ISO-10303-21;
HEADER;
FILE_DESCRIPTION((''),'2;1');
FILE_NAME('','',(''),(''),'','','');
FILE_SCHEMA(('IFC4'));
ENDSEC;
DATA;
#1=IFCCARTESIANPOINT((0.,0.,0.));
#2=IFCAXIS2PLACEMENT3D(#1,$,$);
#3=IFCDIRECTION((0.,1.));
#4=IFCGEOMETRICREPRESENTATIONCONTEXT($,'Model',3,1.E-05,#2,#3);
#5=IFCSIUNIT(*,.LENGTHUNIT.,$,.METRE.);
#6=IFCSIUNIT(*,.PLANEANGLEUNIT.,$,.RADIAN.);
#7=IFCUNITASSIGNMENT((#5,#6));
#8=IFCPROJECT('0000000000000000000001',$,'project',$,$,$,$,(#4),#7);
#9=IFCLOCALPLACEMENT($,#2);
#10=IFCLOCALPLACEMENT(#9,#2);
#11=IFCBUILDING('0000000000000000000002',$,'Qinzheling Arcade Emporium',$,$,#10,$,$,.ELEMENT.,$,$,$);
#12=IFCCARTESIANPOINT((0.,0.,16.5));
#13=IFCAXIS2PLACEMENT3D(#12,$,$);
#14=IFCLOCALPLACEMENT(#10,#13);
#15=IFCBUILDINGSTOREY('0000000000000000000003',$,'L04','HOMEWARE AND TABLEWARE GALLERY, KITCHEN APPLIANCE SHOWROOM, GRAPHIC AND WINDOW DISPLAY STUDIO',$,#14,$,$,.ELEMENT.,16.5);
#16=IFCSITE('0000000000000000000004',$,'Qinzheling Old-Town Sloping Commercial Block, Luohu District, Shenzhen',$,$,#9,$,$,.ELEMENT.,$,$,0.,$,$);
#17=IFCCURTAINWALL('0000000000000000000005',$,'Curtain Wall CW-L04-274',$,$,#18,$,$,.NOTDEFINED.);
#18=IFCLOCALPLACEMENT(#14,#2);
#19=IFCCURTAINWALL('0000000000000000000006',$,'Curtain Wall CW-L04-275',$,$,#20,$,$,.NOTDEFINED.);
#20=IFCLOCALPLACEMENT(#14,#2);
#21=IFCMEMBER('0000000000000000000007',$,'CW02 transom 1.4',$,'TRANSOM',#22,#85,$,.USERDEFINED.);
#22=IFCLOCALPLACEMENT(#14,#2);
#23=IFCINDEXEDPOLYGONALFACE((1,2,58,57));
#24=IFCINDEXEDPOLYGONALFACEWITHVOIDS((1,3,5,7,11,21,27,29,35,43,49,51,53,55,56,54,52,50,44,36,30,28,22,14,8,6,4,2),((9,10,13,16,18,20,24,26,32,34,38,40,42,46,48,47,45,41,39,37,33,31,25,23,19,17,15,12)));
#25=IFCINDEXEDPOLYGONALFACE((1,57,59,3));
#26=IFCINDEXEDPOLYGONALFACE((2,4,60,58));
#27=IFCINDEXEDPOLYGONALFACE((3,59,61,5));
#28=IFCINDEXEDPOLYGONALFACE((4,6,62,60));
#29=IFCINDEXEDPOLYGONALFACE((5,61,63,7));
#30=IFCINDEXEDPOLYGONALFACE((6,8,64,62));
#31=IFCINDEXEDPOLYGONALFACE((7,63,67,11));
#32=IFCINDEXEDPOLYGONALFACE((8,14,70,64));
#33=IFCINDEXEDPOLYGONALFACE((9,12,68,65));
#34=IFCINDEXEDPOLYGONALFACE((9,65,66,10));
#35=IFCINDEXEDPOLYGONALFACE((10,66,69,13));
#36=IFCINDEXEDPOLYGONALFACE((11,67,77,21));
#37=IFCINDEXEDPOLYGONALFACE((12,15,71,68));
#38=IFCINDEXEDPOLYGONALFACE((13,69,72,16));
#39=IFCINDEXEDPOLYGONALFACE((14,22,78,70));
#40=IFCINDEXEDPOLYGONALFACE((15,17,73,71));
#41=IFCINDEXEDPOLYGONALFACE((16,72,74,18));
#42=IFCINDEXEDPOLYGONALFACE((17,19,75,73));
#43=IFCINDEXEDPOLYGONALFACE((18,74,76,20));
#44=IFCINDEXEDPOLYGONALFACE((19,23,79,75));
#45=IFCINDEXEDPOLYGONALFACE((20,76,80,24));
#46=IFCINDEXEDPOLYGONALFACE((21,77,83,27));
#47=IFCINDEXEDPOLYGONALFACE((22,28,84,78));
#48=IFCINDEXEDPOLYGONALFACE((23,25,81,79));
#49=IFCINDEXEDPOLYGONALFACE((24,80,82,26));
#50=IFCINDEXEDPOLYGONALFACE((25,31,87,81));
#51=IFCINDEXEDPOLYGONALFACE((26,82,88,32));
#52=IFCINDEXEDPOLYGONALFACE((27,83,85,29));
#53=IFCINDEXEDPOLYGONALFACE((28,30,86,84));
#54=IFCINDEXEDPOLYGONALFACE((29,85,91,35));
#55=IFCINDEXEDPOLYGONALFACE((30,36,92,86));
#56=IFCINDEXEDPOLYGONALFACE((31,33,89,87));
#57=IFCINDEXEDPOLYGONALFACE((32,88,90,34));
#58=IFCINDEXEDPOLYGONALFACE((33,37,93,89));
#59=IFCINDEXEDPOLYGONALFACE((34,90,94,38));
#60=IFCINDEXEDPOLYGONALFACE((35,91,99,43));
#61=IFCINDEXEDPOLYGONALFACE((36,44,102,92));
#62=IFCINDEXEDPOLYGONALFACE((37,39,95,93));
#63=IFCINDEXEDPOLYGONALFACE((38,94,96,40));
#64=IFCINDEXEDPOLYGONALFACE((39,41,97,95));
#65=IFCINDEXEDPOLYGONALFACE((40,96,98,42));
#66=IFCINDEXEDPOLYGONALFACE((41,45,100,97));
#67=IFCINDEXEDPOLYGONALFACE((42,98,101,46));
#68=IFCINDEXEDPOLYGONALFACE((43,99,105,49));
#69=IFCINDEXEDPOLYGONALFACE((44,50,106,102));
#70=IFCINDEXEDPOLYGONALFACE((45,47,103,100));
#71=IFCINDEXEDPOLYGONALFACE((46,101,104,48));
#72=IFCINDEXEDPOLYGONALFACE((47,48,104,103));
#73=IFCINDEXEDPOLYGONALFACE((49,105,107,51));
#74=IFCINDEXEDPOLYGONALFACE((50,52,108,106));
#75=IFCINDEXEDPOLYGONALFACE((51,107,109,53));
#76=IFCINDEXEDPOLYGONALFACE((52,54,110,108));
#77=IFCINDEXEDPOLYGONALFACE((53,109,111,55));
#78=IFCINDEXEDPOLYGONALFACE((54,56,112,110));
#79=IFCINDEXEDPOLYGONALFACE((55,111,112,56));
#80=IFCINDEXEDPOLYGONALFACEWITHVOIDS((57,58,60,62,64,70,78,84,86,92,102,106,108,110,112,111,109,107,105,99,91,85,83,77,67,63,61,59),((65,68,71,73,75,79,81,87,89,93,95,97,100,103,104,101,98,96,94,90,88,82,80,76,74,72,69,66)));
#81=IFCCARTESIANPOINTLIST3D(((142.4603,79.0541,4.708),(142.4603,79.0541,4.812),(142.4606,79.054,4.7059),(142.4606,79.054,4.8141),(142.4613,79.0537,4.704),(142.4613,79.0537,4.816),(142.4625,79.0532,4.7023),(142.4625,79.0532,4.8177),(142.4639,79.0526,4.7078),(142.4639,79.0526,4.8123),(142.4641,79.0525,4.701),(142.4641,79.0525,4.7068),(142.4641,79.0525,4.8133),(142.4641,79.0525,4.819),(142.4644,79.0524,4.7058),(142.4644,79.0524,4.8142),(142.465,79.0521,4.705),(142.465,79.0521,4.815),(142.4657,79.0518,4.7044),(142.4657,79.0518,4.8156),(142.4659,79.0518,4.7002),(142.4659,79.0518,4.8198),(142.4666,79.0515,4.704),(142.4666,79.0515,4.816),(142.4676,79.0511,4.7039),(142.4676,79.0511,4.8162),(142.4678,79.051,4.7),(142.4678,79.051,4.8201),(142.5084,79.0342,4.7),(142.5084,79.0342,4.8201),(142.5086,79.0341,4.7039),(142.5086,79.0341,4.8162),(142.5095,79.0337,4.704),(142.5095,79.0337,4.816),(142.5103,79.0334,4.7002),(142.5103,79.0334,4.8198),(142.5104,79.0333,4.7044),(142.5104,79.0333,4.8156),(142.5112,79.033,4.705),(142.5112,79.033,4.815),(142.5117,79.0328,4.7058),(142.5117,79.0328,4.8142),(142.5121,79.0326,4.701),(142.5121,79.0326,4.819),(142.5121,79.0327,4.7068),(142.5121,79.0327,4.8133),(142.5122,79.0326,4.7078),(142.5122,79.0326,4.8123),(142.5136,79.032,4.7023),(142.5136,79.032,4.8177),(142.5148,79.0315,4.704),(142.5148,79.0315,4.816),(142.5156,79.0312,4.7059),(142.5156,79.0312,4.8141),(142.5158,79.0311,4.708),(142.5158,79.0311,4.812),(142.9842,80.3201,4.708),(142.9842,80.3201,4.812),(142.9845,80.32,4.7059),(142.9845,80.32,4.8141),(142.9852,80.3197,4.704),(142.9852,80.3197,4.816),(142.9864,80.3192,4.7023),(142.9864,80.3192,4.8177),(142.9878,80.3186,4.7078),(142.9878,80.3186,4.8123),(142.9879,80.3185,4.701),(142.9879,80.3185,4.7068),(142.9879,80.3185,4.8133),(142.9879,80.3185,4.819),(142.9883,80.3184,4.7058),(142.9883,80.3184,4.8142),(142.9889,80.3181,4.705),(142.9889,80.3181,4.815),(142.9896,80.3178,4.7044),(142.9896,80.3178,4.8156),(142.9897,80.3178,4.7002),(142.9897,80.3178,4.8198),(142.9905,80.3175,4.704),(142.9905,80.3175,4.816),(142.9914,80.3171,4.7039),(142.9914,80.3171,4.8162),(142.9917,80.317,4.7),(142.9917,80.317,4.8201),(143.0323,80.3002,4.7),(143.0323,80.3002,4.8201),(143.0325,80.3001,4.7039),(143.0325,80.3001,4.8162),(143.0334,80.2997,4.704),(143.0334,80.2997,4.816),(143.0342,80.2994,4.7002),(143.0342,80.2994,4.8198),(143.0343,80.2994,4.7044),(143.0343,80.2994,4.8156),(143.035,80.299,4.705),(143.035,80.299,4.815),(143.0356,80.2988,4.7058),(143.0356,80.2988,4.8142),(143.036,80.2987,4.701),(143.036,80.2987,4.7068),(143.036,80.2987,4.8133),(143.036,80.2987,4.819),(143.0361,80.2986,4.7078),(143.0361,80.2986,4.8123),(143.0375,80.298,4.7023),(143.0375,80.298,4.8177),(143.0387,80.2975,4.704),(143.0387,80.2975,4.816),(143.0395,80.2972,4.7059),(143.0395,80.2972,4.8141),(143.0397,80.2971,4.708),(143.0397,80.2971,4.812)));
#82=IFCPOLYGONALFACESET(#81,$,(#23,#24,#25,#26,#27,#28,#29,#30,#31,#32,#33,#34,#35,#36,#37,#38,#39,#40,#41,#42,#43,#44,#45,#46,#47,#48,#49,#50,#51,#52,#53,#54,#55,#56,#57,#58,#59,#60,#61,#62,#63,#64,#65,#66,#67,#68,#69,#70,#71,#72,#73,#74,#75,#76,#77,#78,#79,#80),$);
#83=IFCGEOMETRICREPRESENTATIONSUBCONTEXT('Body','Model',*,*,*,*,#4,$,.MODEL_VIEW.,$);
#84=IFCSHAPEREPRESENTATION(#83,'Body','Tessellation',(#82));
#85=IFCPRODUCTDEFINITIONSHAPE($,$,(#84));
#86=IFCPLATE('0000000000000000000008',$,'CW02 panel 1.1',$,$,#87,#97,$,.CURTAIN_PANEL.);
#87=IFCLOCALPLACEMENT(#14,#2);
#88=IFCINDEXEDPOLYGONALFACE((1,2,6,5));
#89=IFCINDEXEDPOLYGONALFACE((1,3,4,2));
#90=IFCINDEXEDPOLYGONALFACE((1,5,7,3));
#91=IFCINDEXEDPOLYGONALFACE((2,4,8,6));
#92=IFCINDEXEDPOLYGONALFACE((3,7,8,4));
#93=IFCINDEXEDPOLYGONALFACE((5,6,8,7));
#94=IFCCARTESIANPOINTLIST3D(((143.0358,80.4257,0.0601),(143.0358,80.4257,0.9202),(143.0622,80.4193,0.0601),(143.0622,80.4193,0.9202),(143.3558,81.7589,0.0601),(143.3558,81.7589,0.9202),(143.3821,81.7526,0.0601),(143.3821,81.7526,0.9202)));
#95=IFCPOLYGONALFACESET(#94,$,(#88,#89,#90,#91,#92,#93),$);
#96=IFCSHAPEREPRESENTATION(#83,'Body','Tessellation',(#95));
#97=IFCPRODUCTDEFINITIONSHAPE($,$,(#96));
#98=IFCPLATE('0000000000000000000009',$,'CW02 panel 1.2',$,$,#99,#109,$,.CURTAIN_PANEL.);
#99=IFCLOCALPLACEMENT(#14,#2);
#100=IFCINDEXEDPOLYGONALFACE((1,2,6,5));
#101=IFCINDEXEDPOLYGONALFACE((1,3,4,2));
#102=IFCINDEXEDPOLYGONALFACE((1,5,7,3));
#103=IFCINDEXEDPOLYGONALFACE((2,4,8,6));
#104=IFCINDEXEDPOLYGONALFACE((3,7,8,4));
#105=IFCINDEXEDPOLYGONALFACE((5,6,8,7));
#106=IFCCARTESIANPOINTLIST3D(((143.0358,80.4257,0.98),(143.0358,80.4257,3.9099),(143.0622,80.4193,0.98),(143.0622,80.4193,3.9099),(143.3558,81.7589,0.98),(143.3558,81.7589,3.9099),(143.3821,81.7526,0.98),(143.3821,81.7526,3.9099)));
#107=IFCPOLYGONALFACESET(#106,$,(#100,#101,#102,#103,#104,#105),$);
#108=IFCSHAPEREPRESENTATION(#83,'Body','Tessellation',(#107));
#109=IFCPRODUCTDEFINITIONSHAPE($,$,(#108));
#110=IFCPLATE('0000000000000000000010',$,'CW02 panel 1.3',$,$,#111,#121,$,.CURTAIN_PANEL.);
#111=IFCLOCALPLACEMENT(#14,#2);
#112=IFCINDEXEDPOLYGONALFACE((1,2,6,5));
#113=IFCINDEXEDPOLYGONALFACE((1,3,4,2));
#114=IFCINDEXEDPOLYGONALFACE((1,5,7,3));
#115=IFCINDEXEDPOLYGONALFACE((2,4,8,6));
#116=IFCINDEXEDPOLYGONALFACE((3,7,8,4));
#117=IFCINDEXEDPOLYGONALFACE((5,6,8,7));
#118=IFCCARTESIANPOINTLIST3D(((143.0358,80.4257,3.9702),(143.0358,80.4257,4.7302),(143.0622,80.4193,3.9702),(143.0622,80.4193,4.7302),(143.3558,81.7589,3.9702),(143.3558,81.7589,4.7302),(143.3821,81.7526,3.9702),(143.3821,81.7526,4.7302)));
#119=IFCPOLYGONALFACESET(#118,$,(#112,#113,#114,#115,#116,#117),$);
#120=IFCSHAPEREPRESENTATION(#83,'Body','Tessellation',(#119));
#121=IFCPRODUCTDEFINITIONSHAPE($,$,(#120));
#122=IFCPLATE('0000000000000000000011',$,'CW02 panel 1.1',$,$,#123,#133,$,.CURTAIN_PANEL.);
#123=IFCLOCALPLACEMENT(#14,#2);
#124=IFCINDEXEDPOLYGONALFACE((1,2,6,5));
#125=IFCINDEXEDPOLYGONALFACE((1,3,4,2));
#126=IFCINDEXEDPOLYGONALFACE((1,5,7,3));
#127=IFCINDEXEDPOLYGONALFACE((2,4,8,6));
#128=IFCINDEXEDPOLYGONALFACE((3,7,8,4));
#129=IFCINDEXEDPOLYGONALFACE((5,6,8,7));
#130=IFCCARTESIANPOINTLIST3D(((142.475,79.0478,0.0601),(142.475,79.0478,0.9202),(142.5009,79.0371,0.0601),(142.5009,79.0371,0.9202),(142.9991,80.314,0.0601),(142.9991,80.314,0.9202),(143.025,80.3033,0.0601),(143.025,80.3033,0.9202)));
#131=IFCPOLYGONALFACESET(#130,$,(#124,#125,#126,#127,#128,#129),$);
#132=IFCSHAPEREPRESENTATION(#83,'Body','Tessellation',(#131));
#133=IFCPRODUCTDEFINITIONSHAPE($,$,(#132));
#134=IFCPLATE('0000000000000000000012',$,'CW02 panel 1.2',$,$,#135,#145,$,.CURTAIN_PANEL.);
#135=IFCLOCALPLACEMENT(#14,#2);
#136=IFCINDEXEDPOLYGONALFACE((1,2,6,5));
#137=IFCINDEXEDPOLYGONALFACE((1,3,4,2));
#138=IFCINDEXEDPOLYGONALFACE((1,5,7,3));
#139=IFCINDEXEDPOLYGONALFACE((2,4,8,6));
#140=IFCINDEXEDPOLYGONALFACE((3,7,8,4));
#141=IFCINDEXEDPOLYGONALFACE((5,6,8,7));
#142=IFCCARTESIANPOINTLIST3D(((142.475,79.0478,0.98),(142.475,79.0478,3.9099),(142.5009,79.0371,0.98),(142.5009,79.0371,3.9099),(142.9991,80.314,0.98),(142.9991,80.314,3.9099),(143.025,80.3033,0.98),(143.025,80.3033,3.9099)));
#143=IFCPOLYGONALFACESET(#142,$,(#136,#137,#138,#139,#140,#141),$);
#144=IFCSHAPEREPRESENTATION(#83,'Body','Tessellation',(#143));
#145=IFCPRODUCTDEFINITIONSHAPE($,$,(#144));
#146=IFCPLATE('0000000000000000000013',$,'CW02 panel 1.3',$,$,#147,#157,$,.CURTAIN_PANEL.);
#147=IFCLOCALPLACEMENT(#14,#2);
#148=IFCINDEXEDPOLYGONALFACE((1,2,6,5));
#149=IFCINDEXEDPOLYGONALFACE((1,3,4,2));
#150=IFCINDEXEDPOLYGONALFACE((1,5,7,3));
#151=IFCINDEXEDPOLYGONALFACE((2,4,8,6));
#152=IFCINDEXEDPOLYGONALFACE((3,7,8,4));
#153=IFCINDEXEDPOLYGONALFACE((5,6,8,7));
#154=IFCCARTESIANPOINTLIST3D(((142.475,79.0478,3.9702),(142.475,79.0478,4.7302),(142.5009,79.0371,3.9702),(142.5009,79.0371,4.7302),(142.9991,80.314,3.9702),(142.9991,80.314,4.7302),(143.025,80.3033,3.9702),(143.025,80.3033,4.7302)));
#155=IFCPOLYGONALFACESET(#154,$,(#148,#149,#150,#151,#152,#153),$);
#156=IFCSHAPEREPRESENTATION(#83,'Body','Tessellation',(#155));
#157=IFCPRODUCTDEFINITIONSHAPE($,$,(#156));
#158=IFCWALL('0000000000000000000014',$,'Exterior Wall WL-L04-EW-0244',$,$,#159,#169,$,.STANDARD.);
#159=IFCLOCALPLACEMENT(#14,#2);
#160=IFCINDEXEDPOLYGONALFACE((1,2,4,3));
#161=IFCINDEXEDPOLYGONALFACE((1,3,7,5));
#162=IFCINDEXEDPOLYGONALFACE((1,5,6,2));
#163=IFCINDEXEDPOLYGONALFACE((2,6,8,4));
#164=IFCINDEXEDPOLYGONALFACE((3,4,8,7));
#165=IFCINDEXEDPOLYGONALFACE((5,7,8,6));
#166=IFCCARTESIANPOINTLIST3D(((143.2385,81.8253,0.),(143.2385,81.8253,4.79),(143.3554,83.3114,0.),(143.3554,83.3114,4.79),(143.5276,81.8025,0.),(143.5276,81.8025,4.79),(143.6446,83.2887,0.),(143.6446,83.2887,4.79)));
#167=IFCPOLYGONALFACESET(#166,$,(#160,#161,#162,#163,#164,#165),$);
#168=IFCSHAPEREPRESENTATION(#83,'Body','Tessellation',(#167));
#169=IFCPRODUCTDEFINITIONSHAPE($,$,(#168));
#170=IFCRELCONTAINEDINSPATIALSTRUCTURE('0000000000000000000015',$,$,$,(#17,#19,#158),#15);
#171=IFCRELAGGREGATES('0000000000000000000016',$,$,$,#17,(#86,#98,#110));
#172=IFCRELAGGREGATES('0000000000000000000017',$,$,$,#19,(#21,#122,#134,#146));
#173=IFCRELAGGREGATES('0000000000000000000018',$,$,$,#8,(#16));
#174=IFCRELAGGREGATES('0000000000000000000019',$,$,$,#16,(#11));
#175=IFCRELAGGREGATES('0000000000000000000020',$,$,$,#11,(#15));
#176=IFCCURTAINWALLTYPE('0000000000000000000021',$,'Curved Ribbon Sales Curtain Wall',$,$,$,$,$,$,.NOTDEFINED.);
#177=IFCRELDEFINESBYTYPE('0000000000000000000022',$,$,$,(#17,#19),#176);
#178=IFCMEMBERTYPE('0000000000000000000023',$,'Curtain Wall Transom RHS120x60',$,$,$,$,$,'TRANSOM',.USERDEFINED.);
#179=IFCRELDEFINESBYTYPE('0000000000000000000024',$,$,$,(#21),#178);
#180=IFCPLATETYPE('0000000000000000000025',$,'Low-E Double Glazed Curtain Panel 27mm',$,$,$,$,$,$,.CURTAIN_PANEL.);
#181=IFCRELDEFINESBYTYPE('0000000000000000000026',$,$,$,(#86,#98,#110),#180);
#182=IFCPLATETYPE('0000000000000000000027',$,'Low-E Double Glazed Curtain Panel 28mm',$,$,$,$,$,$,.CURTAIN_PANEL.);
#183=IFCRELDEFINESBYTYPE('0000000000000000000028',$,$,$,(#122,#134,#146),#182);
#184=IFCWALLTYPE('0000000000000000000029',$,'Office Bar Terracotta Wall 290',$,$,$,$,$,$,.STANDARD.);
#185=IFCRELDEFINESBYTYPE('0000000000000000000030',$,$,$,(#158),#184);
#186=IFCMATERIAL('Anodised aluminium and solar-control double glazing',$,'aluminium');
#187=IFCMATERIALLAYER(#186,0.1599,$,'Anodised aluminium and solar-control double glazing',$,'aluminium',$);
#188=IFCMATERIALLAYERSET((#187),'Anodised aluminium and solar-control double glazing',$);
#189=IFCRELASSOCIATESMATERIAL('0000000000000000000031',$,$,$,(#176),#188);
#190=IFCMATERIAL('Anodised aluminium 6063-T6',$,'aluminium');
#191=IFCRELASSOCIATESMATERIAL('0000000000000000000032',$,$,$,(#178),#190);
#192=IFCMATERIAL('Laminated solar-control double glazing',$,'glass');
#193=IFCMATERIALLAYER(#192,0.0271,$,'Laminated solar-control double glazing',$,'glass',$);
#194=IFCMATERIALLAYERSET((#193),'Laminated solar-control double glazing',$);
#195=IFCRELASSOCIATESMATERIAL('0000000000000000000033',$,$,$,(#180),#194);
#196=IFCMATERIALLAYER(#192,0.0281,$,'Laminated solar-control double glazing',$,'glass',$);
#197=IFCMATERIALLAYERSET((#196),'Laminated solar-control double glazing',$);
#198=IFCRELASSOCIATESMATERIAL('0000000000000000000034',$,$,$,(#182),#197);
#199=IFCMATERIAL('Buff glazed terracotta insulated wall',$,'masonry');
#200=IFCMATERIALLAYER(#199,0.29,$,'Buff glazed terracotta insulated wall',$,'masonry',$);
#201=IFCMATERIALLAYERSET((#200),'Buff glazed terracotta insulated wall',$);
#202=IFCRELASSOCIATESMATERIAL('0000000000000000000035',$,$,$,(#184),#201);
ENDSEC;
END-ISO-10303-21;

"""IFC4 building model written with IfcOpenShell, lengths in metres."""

from ifc_helpers import new_model, si_unit, direction, frame, frame_2d, origin, origin_2d, place, context, subcontext, project, spatial, rectangle, hollow_rectangle, extrude, material, layer, layer_set, material_profile, profile_set, type_object, element, aggregate, save


model = new_model("IFC4")

# Units and contexts
model_context = context("Model", 3, precision=1e-05, world=origin(), true_north=direction((0.0, 1.0)))
body_context = subcontext(model_context, "Body", "Model", "MODEL_VIEW")
ifc_project = project(units=[si_unit("LENGTHUNIT", "METRE"), si_unit("PLANEANGLEUNIT", "RADIAN")], contexts=[model_context])

# Site, building, storey
site_placement = place(None, origin())
site = spatial("IfcSite", under=ifc_project, at=site_placement, Name="Qinzheling Old-Town Sloping Commercial Block, Luohu District, Shenzhen", CompositionType="ELEMENT", RefElevation=0.0)
building_placement = place(site_placement, origin())
building = spatial("IfcBuilding", under=site, at=building_placement, Name="Qinzheling Arcade Emporium", CompositionType="ELEMENT")
storey_placement = place(building_placement, frame((0.0, 0.0, 16.5)))
storey = spatial("IfcBuildingStorey", under=building, at=storey_placement, Name="L04", Description="HOMEWARE AND TABLEWARE GALLERY, KITCHEN APPLIANCE SHOWROOM, GRAPHIC AND WINDOW DISPLAY STUDIO", CompositionType="ELEMENT", Elevation=16.5)

# Curtain walls
ifc_material_1 = material(Name="Anodised aluminium and solar-control double glazing", Category="aluminium")
ifc_layer_1 = layer(ifc_material_1, 0.1599, Name="Anodised aluminium and solar-control double glazing", Category="aluminium")
ifc_layer_set_1 = layer_set([ifc_layer_1], Name="Anodised aluminium and solar-control double glazing")
curtain_wall_type = type_object("IfcCurtainWallType", Name="Curved Ribbon Sales Curtain Wall", PredefinedType="NOTDEFINED", material=ifc_layer_set_1)
curtain_wall_1_placement = place(storey_placement, origin())
curtain_wall_1 = element("IfcCurtainWall", 1, at=curtain_wall_1_placement, inside=storey, type_object=curtain_wall_type, Name="Curtain Wall CW-L04-274", PredefinedType="NOTDEFINED")
ifc_material_2 = material(Name="Anodised aluminium 6063-T6", Category="aluminium")
curtain_wall_2_placement = place(storey_placement, origin())
curtain_wall_2 = element("IfcCurtainWall", 2, at=curtain_wall_2_placement, inside=storey, type_object=curtain_wall_type, Name="Curtain Wall CW-L04-275", PredefinedType="NOTDEFINED")

# Member
ifc_material_profile_1 = material_profile(ifc_material_2, hollow_rectangle(XDim=0.0601, YDim=0.1201, WallThickness=0.0039, InnerFilletRadius=0.0039, OuterFilletRadius=0.0081, at=origin_2d()), Name="RHS 120x60x4", Category="aluminium")
ifc_profile_set_1 = profile_set([ifc_material_profile_1], Name="Anodised aluminium 6063-T6")
member_type_1 = type_object("IfcMemberType", Name="Curtain Wall Transom RHS120x60", ElementType="TRANSOM", PredefinedType="USERDEFINED", material=ifc_profile_set_1)
member_1_placement = place(storey_placement, frame((143.012, 80.3086, 4.76), z_axis=(-0.382362, -0.924012, 0.0), x_axis=(0.924012, -0.382362, 0.0)))
member_1 = element("IfcMember", 3, at=member_1_placement, type_object=member_type_1, Name="CW02 transom 1.4", ObjectType="TRANSOM", PredefinedType="USERDEFINED", context=body_context, shape_type="SweptSolid", body=[
    extrude(hollow_rectangle(XDim=0.0601, YDim=0.1201, WallThickness=0.0039, InnerFilletRadius=0.0039, OuterFilletRadius=0.0081, at=origin_2d()), origin(), (0.0, 0.0, 1.0), 1.3701),
])

# Plates
ifc_material_3 = material(Name="Laminated solar-control double glazing", Category="glass")
ifc_layer_2 = layer(ifc_material_3, 0.0271, Name="Laminated solar-control double glazing", Category="glass")
ifc_layer_set_2 = layer_set([ifc_layer_2], Name="Laminated solar-control double glazing")
plate_type_1 = type_object("IfcPlateType", Name="Low-E Double Glazed Curtain Panel 27mm", PredefinedType="CURTAIN_PANEL", material=ifc_layer_set_2)
plate_1_placement = place(storey_placement, frame((143.209, 81.0891, 0.0601), z_axis=(0.0, 0.0, 1.0), x_axis=(-0.233373, -0.972387, 0.0)))
plate_1 = element("IfcPlate", 4, at=plate_1_placement, type_object=plate_type_1, Name="CW02 panel 1.1", PredefinedType="CURTAIN_PANEL", context=body_context, shape_type="SweptSolid", body=[
    extrude(rectangle(XDim=1.3711, YDim=0.0271, at=origin_2d()), origin(), (0.0, 0.0, 1.0), 0.8601),
])
plate_2_placement = place(storey_placement, frame((143.209, 81.0891, 0.98), z_axis=(0.0, 0.0, 1.0), x_axis=(-0.233373, -0.972387, 0.0)))
plate_2 = element("IfcPlate", 5, at=plate_2_placement, type_object=plate_type_1, Name="CW02 panel 1.2", PredefinedType="CURTAIN_PANEL", context=body_context, shape_type="SweptSolid", body=[
    extrude(rectangle(XDim=1.3711, YDim=0.0271, at=origin_2d()), origin(), (0.0, 0.0, 1.0), 2.9299),
])
plate_3_placement = place(storey_placement, frame((143.209, 81.0891, 3.9702), z_axis=(0.0, 0.0, 1.0), x_axis=(-0.233373, -0.972387, 0.0)))
plate_3 = element("IfcPlate", 6, at=plate_3_placement, type_object=plate_type_1, Name="CW02 panel 1.3", PredefinedType="CURTAIN_PANEL", context=body_context, shape_type="SweptSolid", body=[
    extrude(rectangle(XDim=1.3711, YDim=0.0271, at=origin_2d()), origin(), (0.0, 0.0, 1.0), 0.76),
])
aggregate(curtain_wall_1, [plate_1, plate_2, plate_3])
ifc_layer_3 = layer(ifc_material_3, 0.0281, Name="Laminated solar-control double glazing", Category="glass")
ifc_layer_set_3 = layer_set([ifc_layer_3], Name="Laminated solar-control double glazing")
plate_type_2 = type_object("IfcPlateType", Name="Low-E Double Glazed Curtain Panel 28mm", PredefinedType="CURTAIN_PANEL", material=ifc_layer_set_3)
plate_4_placement = place(storey_placement, frame((142.75, 79.6755, 0.0601), z_axis=(0.0, 0.0, 1.0), x_axis=(-0.38247, -0.923968, 0.0)))
plate_4 = element("IfcPlate", 7, at=plate_4_placement, type_object=plate_type_2, Name="CW02 panel 1.1", PredefinedType="CURTAIN_PANEL", context=body_context, shape_type="SweptSolid", body=[
    extrude(rectangle(XDim=1.3704, YDim=0.0281, at=origin_2d()), origin(), (0.0, 0.0, 1.0), 0.8601),
])
plate_5_placement = place(storey_placement, frame((142.75, 79.6755, 0.98), z_axis=(0.0, 0.0, 1.0), x_axis=(-0.38247, -0.923968, 0.0)))
plate_5 = element("IfcPlate", 8, at=plate_5_placement, type_object=plate_type_2, Name="CW02 panel 1.2", PredefinedType="CURTAIN_PANEL", context=body_context, shape_type="SweptSolid", body=[
    extrude(rectangle(XDim=1.3704, YDim=0.0281, at=origin_2d()), origin(), (0.0, 0.0, 1.0), 2.9299),
])
plate_6_placement = place(storey_placement, frame((142.75, 79.6755, 3.9702), z_axis=(0.0, 0.0, 1.0), x_axis=(-0.38247, -0.923968, 0.0)))
plate_6 = element("IfcPlate", 9, at=plate_6_placement, type_object=plate_type_2, Name="CW02 panel 1.3", PredefinedType="CURTAIN_PANEL", context=body_context, shape_type="SweptSolid", body=[
    extrude(rectangle(XDim=1.3704, YDim=0.0281, at=origin_2d()), origin(), (0.0, 0.0, 1.0), 0.76),
])
aggregate(curtain_wall_2, [member_1, plate_4, plate_5, plate_6])

# Wall
ifc_material_4 = material(Name="Buff glazed terracotta insulated wall", Category="masonry")
ifc_layer_4 = layer(ifc_material_4, 0.29, Name="Buff glazed terracotta insulated wall", Category="masonry")
ifc_layer_set_4 = layer_set([ifc_layer_4], Name="Buff glazed terracotta insulated wall")
wall_type = type_object("IfcWallType", Name="Office Bar Terracotta Wall 290", PredefinedType="STANDARD", material=ifc_layer_set_4)
wall_placement = place(storey_placement, frame((143.5, 83.3, 0.0), z_axis=(0.0, 0.0, 1.0), x_axis=(-0.07845, -0.996918, 0.0)))
element("IfcWall", 10, at=wall_placement, inside=storey, type_object=wall_type, Name="Exterior Wall WL-L04-EW-0244", PredefinedType="STANDARD", context=body_context, shape_type="SweptSolid", body=[
    extrude(rectangle(XDim=1.4907, YDim=0.29, at=frame_2d((0.7454, 0.0))), origin(), (0.0, 0.0, 1.0), 4.79),
])

save(model, "model.ifc")
